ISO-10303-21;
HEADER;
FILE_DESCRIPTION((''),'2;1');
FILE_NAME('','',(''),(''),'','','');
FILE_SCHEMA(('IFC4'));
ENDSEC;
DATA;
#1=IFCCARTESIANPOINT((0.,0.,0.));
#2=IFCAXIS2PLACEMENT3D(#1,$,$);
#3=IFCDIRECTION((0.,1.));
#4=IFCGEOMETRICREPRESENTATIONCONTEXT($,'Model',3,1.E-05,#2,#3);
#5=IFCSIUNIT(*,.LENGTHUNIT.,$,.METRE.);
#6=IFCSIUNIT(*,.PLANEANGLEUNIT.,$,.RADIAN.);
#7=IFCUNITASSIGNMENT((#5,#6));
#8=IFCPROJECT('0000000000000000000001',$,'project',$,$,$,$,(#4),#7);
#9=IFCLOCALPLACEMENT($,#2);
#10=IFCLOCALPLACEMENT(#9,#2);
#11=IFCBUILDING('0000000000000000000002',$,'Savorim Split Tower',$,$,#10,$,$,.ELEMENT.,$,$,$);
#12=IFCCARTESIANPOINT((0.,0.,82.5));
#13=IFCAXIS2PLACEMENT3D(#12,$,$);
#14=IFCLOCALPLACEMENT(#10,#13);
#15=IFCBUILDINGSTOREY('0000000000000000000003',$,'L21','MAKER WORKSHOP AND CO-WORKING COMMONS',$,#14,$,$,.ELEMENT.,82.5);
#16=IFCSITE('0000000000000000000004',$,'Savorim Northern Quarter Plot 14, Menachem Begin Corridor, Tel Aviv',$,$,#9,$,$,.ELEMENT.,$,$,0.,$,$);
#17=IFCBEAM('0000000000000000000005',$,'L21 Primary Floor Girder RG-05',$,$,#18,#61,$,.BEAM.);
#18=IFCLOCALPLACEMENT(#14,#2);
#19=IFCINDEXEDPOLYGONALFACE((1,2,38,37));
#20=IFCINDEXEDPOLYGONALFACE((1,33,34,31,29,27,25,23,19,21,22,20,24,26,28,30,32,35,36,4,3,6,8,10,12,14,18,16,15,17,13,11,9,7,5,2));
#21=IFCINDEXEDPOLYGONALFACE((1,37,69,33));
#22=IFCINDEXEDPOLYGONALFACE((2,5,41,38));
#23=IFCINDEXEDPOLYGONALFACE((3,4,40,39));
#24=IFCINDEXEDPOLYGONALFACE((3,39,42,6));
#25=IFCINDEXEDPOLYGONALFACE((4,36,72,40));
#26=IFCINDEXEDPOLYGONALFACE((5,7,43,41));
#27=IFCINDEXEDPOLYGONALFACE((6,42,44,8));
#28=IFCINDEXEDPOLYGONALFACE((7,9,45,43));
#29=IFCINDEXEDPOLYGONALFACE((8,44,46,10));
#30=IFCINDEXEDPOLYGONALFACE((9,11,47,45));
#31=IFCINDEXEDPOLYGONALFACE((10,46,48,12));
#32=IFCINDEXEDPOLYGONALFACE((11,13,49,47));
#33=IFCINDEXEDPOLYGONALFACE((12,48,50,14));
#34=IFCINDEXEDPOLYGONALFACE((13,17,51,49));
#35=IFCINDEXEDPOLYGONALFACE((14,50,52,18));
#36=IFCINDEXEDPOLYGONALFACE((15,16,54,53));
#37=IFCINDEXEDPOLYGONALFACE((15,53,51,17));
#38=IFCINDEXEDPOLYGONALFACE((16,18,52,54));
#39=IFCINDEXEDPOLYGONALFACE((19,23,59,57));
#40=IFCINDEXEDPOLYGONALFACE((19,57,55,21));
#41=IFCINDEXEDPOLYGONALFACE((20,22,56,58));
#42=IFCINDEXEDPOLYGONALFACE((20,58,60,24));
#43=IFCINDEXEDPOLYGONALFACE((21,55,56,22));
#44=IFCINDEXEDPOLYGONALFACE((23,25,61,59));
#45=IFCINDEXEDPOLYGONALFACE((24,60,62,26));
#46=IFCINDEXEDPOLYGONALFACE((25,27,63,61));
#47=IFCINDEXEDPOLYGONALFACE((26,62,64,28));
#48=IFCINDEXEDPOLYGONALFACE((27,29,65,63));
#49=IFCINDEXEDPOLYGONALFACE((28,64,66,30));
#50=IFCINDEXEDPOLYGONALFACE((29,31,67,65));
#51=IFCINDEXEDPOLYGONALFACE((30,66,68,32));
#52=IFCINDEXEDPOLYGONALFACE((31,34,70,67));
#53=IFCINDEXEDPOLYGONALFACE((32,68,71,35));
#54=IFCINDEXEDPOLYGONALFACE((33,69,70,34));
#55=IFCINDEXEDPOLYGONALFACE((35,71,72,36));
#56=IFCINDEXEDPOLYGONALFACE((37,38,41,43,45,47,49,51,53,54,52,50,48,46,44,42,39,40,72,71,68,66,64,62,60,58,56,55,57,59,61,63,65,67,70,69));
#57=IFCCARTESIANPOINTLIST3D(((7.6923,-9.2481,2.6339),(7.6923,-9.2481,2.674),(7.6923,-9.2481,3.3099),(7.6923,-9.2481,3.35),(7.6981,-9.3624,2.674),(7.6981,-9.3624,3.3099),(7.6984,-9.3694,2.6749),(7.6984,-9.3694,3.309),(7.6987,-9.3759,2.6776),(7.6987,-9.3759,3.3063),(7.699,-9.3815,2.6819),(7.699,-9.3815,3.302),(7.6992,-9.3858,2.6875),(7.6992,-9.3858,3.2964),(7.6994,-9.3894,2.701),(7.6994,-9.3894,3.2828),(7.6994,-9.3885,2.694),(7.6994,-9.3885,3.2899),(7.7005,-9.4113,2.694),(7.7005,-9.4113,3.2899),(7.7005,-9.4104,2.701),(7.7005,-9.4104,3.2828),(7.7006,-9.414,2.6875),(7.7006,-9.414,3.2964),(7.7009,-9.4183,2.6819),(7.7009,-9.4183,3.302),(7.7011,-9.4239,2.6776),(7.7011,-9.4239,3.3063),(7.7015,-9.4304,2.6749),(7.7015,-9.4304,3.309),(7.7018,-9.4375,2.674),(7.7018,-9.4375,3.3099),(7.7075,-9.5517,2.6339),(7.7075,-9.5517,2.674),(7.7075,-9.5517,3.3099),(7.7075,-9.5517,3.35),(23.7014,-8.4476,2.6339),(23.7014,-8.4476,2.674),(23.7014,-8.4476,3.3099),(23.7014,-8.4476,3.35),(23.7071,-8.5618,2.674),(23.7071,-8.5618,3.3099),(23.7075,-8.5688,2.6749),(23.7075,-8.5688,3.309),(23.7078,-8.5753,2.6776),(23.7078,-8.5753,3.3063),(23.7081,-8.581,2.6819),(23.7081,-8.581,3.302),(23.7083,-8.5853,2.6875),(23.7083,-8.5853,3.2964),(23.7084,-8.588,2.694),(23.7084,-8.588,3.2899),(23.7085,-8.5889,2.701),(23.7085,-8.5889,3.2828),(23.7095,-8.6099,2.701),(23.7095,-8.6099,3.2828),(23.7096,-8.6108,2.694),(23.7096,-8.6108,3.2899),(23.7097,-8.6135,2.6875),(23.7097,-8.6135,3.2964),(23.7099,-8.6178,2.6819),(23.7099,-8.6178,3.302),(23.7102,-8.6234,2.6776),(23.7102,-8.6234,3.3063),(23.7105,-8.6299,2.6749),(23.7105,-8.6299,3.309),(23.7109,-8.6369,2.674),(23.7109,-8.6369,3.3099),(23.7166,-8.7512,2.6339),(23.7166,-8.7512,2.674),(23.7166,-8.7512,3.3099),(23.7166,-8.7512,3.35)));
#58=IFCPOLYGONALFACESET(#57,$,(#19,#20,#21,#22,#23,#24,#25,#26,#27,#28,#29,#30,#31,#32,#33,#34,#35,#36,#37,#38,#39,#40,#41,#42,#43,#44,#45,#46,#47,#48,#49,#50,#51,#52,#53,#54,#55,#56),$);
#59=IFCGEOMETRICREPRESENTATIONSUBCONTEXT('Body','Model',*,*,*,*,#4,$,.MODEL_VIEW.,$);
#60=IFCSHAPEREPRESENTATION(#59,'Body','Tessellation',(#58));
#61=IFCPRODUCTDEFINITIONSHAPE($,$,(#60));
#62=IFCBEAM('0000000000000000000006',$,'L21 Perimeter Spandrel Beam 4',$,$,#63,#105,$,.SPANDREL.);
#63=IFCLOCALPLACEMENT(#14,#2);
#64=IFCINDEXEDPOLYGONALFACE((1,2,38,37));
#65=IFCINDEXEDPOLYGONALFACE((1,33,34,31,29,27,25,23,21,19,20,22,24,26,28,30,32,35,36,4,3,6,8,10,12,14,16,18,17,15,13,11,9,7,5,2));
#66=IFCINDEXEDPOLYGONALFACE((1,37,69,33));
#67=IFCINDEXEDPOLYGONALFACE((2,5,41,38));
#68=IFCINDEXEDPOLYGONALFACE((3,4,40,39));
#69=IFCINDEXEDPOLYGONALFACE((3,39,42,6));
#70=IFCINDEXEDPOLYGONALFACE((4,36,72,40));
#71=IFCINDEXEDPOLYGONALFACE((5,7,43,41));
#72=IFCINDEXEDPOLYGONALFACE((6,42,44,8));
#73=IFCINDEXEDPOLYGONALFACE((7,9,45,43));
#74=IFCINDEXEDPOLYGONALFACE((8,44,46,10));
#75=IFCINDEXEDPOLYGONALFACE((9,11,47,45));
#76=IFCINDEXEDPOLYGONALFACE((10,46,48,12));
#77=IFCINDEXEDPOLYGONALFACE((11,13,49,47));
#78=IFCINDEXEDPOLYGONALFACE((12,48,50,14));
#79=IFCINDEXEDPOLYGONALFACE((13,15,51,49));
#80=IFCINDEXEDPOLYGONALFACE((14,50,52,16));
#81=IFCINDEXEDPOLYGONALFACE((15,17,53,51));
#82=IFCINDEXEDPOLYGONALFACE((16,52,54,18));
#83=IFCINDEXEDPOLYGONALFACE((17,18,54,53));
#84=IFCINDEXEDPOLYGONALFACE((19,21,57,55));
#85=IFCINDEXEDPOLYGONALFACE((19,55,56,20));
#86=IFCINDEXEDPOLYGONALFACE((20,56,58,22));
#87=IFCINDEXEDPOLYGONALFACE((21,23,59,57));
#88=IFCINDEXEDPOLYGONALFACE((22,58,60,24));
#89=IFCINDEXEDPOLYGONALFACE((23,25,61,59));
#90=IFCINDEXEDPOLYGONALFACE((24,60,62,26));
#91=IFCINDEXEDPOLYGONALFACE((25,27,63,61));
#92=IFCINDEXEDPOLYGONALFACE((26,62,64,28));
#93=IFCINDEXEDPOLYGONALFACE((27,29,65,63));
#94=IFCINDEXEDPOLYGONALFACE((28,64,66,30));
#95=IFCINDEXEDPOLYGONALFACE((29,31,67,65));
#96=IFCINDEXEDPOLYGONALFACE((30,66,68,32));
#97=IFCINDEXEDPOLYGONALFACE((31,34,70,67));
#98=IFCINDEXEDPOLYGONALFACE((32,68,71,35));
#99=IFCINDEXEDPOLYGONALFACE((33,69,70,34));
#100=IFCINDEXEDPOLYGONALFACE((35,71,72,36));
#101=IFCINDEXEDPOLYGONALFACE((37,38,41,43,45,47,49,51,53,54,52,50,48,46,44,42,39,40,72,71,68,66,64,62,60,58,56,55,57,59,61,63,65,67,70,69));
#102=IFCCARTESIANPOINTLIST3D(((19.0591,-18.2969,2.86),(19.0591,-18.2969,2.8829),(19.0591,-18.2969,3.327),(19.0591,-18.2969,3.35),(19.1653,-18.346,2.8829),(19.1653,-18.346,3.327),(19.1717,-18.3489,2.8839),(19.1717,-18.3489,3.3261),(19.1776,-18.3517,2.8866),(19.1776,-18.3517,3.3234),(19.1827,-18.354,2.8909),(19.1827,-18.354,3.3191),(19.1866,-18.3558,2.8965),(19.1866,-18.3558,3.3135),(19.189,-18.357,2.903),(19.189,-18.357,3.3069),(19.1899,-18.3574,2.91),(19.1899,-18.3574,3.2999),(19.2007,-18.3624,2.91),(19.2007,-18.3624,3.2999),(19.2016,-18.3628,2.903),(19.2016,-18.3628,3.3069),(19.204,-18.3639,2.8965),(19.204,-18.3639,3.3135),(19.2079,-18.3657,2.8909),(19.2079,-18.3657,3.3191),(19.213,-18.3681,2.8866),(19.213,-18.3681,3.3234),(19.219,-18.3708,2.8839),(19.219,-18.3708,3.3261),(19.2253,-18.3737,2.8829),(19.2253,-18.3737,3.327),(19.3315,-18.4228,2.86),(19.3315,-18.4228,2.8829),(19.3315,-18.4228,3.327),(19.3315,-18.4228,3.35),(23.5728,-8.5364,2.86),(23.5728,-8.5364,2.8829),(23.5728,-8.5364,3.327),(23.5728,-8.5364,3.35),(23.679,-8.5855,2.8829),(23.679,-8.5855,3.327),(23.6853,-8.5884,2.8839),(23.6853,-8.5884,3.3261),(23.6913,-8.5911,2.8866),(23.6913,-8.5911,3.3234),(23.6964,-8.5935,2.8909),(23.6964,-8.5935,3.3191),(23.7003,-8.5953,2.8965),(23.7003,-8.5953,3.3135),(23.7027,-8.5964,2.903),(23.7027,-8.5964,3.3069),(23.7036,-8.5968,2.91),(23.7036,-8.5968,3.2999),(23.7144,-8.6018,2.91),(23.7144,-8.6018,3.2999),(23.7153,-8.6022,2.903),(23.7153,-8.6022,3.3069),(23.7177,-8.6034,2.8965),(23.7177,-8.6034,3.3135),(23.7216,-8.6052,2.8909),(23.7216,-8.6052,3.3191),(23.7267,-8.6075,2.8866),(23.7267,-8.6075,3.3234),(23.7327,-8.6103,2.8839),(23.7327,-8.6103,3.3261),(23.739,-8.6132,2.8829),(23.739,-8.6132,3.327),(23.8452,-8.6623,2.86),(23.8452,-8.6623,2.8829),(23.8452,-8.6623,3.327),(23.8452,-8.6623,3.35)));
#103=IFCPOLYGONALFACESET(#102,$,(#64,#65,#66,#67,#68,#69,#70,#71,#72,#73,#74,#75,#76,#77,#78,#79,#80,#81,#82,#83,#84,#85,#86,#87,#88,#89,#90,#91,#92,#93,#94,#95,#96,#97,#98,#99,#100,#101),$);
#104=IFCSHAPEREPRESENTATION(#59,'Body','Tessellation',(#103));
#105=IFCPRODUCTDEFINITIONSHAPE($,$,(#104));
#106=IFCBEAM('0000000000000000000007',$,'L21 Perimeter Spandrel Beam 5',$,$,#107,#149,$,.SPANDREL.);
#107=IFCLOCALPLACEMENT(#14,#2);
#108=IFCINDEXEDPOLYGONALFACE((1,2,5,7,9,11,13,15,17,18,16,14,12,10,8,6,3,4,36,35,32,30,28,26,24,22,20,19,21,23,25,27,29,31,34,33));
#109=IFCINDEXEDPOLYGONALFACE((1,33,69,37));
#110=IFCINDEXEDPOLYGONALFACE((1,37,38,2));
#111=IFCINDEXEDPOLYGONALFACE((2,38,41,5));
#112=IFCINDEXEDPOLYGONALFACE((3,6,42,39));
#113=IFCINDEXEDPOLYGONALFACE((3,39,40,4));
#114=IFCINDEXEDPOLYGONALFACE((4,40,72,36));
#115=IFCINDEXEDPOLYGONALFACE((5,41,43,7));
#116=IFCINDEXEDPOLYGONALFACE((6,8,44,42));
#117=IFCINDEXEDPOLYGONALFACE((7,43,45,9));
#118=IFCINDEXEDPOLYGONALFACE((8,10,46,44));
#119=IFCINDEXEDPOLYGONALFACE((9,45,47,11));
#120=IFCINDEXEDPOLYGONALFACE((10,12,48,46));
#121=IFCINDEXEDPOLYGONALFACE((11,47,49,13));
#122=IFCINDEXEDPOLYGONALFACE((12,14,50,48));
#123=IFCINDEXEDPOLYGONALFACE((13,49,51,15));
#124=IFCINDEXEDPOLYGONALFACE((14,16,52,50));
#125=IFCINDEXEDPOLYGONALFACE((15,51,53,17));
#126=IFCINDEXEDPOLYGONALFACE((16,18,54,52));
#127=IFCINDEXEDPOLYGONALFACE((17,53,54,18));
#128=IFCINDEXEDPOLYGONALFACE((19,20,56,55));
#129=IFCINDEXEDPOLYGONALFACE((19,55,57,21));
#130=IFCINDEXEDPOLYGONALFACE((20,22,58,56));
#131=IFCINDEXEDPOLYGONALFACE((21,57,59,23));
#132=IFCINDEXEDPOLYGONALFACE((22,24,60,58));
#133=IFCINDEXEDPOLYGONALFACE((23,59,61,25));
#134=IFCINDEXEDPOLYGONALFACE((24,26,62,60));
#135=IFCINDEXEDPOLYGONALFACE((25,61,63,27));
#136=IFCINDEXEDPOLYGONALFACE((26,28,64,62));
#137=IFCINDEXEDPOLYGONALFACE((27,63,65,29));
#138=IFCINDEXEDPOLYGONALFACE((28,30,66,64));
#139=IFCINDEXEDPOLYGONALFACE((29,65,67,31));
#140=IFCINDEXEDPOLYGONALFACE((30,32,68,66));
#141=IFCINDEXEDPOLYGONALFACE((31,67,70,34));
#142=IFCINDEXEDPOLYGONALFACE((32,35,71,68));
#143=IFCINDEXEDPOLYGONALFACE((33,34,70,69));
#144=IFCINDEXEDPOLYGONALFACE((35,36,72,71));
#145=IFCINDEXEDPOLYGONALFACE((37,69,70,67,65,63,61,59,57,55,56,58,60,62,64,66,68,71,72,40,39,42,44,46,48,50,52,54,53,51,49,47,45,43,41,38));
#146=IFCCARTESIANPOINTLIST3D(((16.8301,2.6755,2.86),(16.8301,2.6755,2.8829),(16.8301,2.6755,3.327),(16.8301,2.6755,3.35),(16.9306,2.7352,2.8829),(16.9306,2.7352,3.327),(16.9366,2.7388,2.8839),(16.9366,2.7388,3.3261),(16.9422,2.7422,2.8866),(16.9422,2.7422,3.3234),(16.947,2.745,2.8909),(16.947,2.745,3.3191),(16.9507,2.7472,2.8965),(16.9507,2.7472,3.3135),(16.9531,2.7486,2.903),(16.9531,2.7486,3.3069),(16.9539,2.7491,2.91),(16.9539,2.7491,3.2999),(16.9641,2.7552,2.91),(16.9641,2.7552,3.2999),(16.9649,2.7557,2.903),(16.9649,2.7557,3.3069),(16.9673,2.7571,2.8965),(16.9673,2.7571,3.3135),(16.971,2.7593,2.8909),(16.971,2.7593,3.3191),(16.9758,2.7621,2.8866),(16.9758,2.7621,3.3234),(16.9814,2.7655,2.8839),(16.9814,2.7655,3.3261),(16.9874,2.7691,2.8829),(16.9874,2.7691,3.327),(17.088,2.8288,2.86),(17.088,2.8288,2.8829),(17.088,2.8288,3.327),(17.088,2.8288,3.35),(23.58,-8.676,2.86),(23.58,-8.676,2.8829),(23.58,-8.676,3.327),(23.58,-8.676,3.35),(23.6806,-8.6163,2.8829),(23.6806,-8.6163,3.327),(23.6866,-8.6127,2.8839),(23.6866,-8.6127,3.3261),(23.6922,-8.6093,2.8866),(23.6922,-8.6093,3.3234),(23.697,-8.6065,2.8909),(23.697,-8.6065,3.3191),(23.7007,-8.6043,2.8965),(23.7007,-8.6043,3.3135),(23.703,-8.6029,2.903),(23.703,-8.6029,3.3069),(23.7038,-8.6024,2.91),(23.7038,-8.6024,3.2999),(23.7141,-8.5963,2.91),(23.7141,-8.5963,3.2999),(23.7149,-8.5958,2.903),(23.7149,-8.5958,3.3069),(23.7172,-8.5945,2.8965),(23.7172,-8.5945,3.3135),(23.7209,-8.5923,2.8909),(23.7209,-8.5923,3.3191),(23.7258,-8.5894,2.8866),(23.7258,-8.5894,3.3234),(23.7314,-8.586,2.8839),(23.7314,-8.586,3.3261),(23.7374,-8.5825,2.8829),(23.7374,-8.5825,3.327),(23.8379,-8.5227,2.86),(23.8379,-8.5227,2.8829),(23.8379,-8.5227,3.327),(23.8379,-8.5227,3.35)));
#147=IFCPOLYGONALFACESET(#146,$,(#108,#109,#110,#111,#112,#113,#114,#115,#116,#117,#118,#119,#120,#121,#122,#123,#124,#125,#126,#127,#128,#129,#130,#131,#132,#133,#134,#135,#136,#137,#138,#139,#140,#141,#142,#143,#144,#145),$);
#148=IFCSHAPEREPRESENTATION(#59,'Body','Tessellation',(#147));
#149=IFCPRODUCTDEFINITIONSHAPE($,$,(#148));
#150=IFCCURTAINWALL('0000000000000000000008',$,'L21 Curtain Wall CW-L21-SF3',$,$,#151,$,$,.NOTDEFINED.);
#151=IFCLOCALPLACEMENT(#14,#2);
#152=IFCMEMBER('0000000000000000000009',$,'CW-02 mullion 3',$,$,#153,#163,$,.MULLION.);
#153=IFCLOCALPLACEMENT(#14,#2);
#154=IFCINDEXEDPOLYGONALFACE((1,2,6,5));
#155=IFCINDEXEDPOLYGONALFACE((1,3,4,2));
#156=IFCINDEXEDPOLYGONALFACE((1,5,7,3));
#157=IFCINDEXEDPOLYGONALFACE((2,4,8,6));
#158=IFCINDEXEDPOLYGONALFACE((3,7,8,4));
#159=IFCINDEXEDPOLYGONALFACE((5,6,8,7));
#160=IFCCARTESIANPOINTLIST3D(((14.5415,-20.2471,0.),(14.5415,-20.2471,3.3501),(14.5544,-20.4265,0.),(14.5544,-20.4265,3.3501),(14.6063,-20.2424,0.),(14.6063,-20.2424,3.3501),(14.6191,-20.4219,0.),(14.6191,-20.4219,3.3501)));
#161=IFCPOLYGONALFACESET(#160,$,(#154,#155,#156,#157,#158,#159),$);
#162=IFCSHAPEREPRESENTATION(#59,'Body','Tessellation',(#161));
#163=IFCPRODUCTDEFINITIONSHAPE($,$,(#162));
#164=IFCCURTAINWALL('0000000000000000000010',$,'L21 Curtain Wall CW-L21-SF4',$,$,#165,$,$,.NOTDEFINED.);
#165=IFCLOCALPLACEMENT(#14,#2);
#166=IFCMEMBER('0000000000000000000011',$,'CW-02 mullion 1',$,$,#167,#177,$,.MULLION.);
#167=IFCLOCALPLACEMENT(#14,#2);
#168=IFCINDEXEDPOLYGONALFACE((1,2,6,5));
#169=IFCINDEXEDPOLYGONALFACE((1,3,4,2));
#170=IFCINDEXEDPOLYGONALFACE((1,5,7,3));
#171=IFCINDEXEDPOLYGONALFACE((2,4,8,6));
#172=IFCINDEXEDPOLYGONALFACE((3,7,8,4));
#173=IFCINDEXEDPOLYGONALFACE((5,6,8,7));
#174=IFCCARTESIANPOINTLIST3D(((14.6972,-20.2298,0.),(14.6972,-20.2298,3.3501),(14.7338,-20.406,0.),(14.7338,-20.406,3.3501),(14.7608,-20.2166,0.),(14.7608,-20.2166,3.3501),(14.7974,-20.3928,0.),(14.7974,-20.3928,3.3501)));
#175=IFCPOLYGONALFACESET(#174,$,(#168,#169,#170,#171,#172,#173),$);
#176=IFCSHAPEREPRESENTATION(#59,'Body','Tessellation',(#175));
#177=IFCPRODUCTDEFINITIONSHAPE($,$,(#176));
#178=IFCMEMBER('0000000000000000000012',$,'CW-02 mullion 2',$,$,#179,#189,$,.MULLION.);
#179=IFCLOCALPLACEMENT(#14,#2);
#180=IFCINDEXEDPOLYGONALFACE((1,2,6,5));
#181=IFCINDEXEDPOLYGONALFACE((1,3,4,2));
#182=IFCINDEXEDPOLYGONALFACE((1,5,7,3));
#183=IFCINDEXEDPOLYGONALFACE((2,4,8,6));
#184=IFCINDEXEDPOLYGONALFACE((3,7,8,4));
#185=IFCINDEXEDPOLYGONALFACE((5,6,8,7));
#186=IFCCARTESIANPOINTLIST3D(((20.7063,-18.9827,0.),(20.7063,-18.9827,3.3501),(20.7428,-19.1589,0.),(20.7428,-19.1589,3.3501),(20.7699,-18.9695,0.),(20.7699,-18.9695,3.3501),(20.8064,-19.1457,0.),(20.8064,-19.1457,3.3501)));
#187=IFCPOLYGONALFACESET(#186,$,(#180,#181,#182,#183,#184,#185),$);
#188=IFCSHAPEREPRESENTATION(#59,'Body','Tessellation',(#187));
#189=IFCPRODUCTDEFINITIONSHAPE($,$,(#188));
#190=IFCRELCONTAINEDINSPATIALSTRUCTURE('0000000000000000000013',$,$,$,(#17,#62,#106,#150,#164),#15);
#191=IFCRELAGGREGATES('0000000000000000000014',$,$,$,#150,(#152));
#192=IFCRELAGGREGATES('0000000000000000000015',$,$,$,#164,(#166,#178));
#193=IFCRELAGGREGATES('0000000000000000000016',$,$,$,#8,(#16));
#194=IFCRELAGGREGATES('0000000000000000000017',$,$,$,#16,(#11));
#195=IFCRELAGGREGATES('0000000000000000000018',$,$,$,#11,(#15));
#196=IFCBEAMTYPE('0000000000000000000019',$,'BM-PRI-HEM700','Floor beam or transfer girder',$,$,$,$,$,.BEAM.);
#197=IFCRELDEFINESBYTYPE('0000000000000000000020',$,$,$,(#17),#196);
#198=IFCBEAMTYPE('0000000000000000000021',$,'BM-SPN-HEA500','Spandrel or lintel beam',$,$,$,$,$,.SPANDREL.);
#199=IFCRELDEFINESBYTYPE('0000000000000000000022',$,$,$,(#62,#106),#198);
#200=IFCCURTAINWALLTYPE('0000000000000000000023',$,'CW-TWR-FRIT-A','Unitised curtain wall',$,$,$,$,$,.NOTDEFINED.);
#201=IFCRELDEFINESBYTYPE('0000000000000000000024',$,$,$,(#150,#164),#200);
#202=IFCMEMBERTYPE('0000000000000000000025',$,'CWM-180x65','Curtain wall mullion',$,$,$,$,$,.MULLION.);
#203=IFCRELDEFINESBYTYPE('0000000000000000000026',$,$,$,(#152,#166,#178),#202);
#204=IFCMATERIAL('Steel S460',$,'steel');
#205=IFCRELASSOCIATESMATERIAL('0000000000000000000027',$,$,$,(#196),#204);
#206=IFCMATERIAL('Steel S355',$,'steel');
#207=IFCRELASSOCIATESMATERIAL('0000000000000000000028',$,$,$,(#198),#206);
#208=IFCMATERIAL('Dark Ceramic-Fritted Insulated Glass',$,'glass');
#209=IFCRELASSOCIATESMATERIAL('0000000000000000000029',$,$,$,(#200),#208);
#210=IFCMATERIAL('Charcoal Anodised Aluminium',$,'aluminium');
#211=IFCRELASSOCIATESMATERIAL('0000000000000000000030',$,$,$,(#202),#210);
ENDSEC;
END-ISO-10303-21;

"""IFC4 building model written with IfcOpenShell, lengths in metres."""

from ifc_helpers import new_model, si_unit, direction, frame, origin, origin_2d, place, context, subcontext, project, spatial, rectangle, i_section, extrude, material, material_profile, profile_set, type_object, element, aggregate, save


model = new_model("IFC4")

# Units and contexts
model_context = context("Model", 3, precision=1e-05, world=origin(), true_north=direction((0.0, 1.0)))
body_context = subcontext(model_context, "Body", "Model", "MODEL_VIEW")
ifc_project = project(units=[si_unit("LENGTHUNIT", "METRE"), si_unit("PLANEANGLEUNIT", "RADIAN")], contexts=[model_context])

# Site, building, storey
site_placement = place(None, origin())
site = spatial("IfcSite", under=ifc_project, at=site_placement, Name="Savorim Northern Quarter Plot 14, Menachem Begin Corridor, Tel Aviv", CompositionType="ELEMENT", RefElevation=0.0)
building_placement = place(site_placement, origin())
building = spatial("IfcBuilding", under=site, at=building_placement, Name="Savorim Split Tower", CompositionType="ELEMENT")
storey_placement = place(building_placement, frame((0.0, 0.0, 82.5)))
storey = spatial("IfcBuildingStorey", under=building, at=storey_placement, Name="L21", Description="MAKER WORKSHOP AND CO-WORKING COMMONS", CompositionType="ELEMENT", Elevation=82.5)

# Shared definitions
ifc_material_1 = material(Name="Steel S460", Category="steel")

# Beams
ifc_material_2 = material(Name="Steel S355", Category="steel")
ifc_material_profile_1 = material_profile(ifc_material_1, i_section(OverallWidth=0.304, OverallDepth=0.7161, WebThickness=0.021, FlangeThickness=0.04, FilletRadius=0.0271, at=origin_2d()), Name="HE 700 M")
ifc_profile_set_1 = profile_set([ifc_material_profile_1], Name="Steel S460")
beam_type_1 = type_object("IfcBeamType", Name="BM-PRI-HEM700", Description="Floor beam or transfer girder", PredefinedType="BEAM", material=ifc_profile_set_1)
beam_1_placement = place(storey_placement, frame((23.709, -8.5994, 2.9919), z_axis=(-0.998752, -0.049943, 0.0), x_axis=(0.049943, -0.998752, 0.0)))
element("IfcBeam", 1, at=beam_1_placement, inside=storey, type_object=beam_type_1, Name="L21 Primary Floor Girder RG-05", PredefinedType="BEAM", context=body_context, shape_type="SweptSolid", body=[
    extrude(i_section(OverallWidth=0.304, OverallDepth=0.7161, WebThickness=0.021, FlangeThickness=0.04, FilletRadius=0.0271, at=origin_2d()), origin(), (0.0, 0.0, 1.0), 16.0291),
])
ifc_material_profile_2 = material_profile(ifc_material_2, i_section(OverallWidth=0.3, OverallDepth=0.49, WebThickness=0.012, FlangeThickness=0.0229, FilletRadius=0.0271, at=origin_2d()), Name="HEA 500")
ifc_profile_set_2 = profile_set([ifc_material_profile_2], Name="Steel S355")
beam_type_2 = type_object("IfcBeamType", Name="BM-SPN-HEA500", Description="Spandrel or lintel beam", PredefinedType="SPANDREL", material=ifc_profile_set_2)
beam_2_placement = place(storey_placement, frame((19.1953, -18.3599, 3.105), z_axis=(0.419735, 0.907647, 0.0), x_axis=(-0.907647, 0.419735, 0.0)))
element("IfcBeam", 2, at=beam_2_placement, inside=storey, type_object=beam_type_2, Name="L21 Perimeter Spandrel Beam 4", PredefinedType="SPANDREL", context=body_context, shape_type="SweptSolid", body=[
    extrude(i_section(OverallWidth=0.3, OverallDepth=0.49, WebThickness=0.012, FlangeThickness=0.0229, FilletRadius=0.0271, at=origin_2d()), origin(), (0.0, 0.0, 1.0), 10.7537),
])
beam_3_placement = place(storey_placement, frame((23.709, -8.5994, 3.105), z_axis=(-0.511099, 0.859522, 0.0), x_axis=(-0.859522, -0.511099, 0.0)))
element("IfcBeam", 3, at=beam_3_placement, inside=storey, type_object=beam_type_2, Name="L21 Perimeter Spandrel Beam 5", PredefinedType="SPANDREL", context=body_context, shape_type="SweptSolid", body=[
    extrude(i_section(OverallWidth=0.3, OverallDepth=0.49, WebThickness=0.012, FlangeThickness=0.0229, FilletRadius=0.0271, at=origin_2d()), origin(), (0.0, 0.0, 1.0), 13.2068),
])

# Curtain wall, member
ifc_material_3 = material(Name="Dark Ceramic-Fritted Insulated Glass", Category="glass")
curtain_wall_type = type_object("IfcCurtainWallType", Name="CW-TWR-FRIT-A", Description="Unitised curtain wall", PredefinedType="NOTDEFINED", material=ifc_material_3)
curtain_wall_1_placement = place(storey_placement, origin())
curtain_wall_1 = element("IfcCurtainWall", 4, at=curtain_wall_1_placement, inside=storey, type_object=curtain_wall_type, Name="L21 Curtain Wall CW-L21-SF3", PredefinedType="NOTDEFINED")
ifc_material_4 = material(Name="Charcoal Anodised Aluminium", Category="aluminium")
ifc_material_profile_3 = material_profile(ifc_material_4, rectangle(XDim=0.1799, YDim=0.0649, at=origin_2d()), Name="ALU-M 180x65")
ifc_profile_set_3 = profile_set([ifc_material_profile_3], Name="Charcoal Anodised Aluminium")
member_type_1 = type_object("IfcMemberType", Name="CWM-180x65", Description="Curtain wall mullion", PredefinedType="MULLION", material=ifc_profile_set_3)
member_1_placement = place(storey_placement, frame((14.5803, -20.3345, 0.0), z_axis=(0.0, 0.0, 1.0), x_axis=(-0.071561, 0.997436, 0.0)))
member_1 = element("IfcMember", 5, at=member_1_placement, type_object=member_type_1, Name="CW-02 mullion 3", PredefinedType="MULLION", context=body_context, shape_type="SweptSolid", body=[
    extrude(rectangle(XDim=0.1799, YDim=0.0649, at=origin_2d()), origin(), (0.0, 0.0, 1.0), 3.3501),
])
aggregate(curtain_wall_1, [member_1])

# Curtain wall, members
curtain_wall_2_placement = place(storey_placement, origin())
curtain_wall_2 = element("IfcCurtainWall", 6, at=curtain_wall_2_placement, inside=storey, type_object=curtain_wall_type, Name="L21 Curtain Wall CW-L21-SF4", PredefinedType="NOTDEFINED")
member_2_placement = place(storey_placement, frame((14.7473, -20.3113, 0.0), z_axis=(0.0, 0.0, 1.0), x_axis=(-0.20321, 0.979135, 0.0)))
member_2 = element("IfcMember", 7, at=member_2_placement, type_object=member_type_1, Name="CW-02 mullion 1", PredefinedType="MULLION", context=body_context, shape_type="SweptSolid", body=[
    extrude(rectangle(XDim=0.1799, YDim=0.0649, at=origin_2d()), origin(), (0.0, 0.0, 1.0), 3.3501),
])
member_3_placement = place(storey_placement, frame((20.7563, -19.0642, 0.0), z_axis=(0.0, 0.0, 1.0), x_axis=(-0.20321, 0.979135, 0.0)))
member_3 = element("IfcMember", 8, at=member_3_placement, type_object=member_type_1, Name="CW-02 mullion 2", PredefinedType="MULLION", context=body_context, shape_type="SweptSolid", body=[
    extrude(rectangle(XDim=0.1799, YDim=0.0649, at=origin_2d()), origin(), (0.0, 0.0, 1.0), 3.3501),
])

aggregate(curtain_wall_2, [member_2, member_3])

save(model, "model.ifc")
